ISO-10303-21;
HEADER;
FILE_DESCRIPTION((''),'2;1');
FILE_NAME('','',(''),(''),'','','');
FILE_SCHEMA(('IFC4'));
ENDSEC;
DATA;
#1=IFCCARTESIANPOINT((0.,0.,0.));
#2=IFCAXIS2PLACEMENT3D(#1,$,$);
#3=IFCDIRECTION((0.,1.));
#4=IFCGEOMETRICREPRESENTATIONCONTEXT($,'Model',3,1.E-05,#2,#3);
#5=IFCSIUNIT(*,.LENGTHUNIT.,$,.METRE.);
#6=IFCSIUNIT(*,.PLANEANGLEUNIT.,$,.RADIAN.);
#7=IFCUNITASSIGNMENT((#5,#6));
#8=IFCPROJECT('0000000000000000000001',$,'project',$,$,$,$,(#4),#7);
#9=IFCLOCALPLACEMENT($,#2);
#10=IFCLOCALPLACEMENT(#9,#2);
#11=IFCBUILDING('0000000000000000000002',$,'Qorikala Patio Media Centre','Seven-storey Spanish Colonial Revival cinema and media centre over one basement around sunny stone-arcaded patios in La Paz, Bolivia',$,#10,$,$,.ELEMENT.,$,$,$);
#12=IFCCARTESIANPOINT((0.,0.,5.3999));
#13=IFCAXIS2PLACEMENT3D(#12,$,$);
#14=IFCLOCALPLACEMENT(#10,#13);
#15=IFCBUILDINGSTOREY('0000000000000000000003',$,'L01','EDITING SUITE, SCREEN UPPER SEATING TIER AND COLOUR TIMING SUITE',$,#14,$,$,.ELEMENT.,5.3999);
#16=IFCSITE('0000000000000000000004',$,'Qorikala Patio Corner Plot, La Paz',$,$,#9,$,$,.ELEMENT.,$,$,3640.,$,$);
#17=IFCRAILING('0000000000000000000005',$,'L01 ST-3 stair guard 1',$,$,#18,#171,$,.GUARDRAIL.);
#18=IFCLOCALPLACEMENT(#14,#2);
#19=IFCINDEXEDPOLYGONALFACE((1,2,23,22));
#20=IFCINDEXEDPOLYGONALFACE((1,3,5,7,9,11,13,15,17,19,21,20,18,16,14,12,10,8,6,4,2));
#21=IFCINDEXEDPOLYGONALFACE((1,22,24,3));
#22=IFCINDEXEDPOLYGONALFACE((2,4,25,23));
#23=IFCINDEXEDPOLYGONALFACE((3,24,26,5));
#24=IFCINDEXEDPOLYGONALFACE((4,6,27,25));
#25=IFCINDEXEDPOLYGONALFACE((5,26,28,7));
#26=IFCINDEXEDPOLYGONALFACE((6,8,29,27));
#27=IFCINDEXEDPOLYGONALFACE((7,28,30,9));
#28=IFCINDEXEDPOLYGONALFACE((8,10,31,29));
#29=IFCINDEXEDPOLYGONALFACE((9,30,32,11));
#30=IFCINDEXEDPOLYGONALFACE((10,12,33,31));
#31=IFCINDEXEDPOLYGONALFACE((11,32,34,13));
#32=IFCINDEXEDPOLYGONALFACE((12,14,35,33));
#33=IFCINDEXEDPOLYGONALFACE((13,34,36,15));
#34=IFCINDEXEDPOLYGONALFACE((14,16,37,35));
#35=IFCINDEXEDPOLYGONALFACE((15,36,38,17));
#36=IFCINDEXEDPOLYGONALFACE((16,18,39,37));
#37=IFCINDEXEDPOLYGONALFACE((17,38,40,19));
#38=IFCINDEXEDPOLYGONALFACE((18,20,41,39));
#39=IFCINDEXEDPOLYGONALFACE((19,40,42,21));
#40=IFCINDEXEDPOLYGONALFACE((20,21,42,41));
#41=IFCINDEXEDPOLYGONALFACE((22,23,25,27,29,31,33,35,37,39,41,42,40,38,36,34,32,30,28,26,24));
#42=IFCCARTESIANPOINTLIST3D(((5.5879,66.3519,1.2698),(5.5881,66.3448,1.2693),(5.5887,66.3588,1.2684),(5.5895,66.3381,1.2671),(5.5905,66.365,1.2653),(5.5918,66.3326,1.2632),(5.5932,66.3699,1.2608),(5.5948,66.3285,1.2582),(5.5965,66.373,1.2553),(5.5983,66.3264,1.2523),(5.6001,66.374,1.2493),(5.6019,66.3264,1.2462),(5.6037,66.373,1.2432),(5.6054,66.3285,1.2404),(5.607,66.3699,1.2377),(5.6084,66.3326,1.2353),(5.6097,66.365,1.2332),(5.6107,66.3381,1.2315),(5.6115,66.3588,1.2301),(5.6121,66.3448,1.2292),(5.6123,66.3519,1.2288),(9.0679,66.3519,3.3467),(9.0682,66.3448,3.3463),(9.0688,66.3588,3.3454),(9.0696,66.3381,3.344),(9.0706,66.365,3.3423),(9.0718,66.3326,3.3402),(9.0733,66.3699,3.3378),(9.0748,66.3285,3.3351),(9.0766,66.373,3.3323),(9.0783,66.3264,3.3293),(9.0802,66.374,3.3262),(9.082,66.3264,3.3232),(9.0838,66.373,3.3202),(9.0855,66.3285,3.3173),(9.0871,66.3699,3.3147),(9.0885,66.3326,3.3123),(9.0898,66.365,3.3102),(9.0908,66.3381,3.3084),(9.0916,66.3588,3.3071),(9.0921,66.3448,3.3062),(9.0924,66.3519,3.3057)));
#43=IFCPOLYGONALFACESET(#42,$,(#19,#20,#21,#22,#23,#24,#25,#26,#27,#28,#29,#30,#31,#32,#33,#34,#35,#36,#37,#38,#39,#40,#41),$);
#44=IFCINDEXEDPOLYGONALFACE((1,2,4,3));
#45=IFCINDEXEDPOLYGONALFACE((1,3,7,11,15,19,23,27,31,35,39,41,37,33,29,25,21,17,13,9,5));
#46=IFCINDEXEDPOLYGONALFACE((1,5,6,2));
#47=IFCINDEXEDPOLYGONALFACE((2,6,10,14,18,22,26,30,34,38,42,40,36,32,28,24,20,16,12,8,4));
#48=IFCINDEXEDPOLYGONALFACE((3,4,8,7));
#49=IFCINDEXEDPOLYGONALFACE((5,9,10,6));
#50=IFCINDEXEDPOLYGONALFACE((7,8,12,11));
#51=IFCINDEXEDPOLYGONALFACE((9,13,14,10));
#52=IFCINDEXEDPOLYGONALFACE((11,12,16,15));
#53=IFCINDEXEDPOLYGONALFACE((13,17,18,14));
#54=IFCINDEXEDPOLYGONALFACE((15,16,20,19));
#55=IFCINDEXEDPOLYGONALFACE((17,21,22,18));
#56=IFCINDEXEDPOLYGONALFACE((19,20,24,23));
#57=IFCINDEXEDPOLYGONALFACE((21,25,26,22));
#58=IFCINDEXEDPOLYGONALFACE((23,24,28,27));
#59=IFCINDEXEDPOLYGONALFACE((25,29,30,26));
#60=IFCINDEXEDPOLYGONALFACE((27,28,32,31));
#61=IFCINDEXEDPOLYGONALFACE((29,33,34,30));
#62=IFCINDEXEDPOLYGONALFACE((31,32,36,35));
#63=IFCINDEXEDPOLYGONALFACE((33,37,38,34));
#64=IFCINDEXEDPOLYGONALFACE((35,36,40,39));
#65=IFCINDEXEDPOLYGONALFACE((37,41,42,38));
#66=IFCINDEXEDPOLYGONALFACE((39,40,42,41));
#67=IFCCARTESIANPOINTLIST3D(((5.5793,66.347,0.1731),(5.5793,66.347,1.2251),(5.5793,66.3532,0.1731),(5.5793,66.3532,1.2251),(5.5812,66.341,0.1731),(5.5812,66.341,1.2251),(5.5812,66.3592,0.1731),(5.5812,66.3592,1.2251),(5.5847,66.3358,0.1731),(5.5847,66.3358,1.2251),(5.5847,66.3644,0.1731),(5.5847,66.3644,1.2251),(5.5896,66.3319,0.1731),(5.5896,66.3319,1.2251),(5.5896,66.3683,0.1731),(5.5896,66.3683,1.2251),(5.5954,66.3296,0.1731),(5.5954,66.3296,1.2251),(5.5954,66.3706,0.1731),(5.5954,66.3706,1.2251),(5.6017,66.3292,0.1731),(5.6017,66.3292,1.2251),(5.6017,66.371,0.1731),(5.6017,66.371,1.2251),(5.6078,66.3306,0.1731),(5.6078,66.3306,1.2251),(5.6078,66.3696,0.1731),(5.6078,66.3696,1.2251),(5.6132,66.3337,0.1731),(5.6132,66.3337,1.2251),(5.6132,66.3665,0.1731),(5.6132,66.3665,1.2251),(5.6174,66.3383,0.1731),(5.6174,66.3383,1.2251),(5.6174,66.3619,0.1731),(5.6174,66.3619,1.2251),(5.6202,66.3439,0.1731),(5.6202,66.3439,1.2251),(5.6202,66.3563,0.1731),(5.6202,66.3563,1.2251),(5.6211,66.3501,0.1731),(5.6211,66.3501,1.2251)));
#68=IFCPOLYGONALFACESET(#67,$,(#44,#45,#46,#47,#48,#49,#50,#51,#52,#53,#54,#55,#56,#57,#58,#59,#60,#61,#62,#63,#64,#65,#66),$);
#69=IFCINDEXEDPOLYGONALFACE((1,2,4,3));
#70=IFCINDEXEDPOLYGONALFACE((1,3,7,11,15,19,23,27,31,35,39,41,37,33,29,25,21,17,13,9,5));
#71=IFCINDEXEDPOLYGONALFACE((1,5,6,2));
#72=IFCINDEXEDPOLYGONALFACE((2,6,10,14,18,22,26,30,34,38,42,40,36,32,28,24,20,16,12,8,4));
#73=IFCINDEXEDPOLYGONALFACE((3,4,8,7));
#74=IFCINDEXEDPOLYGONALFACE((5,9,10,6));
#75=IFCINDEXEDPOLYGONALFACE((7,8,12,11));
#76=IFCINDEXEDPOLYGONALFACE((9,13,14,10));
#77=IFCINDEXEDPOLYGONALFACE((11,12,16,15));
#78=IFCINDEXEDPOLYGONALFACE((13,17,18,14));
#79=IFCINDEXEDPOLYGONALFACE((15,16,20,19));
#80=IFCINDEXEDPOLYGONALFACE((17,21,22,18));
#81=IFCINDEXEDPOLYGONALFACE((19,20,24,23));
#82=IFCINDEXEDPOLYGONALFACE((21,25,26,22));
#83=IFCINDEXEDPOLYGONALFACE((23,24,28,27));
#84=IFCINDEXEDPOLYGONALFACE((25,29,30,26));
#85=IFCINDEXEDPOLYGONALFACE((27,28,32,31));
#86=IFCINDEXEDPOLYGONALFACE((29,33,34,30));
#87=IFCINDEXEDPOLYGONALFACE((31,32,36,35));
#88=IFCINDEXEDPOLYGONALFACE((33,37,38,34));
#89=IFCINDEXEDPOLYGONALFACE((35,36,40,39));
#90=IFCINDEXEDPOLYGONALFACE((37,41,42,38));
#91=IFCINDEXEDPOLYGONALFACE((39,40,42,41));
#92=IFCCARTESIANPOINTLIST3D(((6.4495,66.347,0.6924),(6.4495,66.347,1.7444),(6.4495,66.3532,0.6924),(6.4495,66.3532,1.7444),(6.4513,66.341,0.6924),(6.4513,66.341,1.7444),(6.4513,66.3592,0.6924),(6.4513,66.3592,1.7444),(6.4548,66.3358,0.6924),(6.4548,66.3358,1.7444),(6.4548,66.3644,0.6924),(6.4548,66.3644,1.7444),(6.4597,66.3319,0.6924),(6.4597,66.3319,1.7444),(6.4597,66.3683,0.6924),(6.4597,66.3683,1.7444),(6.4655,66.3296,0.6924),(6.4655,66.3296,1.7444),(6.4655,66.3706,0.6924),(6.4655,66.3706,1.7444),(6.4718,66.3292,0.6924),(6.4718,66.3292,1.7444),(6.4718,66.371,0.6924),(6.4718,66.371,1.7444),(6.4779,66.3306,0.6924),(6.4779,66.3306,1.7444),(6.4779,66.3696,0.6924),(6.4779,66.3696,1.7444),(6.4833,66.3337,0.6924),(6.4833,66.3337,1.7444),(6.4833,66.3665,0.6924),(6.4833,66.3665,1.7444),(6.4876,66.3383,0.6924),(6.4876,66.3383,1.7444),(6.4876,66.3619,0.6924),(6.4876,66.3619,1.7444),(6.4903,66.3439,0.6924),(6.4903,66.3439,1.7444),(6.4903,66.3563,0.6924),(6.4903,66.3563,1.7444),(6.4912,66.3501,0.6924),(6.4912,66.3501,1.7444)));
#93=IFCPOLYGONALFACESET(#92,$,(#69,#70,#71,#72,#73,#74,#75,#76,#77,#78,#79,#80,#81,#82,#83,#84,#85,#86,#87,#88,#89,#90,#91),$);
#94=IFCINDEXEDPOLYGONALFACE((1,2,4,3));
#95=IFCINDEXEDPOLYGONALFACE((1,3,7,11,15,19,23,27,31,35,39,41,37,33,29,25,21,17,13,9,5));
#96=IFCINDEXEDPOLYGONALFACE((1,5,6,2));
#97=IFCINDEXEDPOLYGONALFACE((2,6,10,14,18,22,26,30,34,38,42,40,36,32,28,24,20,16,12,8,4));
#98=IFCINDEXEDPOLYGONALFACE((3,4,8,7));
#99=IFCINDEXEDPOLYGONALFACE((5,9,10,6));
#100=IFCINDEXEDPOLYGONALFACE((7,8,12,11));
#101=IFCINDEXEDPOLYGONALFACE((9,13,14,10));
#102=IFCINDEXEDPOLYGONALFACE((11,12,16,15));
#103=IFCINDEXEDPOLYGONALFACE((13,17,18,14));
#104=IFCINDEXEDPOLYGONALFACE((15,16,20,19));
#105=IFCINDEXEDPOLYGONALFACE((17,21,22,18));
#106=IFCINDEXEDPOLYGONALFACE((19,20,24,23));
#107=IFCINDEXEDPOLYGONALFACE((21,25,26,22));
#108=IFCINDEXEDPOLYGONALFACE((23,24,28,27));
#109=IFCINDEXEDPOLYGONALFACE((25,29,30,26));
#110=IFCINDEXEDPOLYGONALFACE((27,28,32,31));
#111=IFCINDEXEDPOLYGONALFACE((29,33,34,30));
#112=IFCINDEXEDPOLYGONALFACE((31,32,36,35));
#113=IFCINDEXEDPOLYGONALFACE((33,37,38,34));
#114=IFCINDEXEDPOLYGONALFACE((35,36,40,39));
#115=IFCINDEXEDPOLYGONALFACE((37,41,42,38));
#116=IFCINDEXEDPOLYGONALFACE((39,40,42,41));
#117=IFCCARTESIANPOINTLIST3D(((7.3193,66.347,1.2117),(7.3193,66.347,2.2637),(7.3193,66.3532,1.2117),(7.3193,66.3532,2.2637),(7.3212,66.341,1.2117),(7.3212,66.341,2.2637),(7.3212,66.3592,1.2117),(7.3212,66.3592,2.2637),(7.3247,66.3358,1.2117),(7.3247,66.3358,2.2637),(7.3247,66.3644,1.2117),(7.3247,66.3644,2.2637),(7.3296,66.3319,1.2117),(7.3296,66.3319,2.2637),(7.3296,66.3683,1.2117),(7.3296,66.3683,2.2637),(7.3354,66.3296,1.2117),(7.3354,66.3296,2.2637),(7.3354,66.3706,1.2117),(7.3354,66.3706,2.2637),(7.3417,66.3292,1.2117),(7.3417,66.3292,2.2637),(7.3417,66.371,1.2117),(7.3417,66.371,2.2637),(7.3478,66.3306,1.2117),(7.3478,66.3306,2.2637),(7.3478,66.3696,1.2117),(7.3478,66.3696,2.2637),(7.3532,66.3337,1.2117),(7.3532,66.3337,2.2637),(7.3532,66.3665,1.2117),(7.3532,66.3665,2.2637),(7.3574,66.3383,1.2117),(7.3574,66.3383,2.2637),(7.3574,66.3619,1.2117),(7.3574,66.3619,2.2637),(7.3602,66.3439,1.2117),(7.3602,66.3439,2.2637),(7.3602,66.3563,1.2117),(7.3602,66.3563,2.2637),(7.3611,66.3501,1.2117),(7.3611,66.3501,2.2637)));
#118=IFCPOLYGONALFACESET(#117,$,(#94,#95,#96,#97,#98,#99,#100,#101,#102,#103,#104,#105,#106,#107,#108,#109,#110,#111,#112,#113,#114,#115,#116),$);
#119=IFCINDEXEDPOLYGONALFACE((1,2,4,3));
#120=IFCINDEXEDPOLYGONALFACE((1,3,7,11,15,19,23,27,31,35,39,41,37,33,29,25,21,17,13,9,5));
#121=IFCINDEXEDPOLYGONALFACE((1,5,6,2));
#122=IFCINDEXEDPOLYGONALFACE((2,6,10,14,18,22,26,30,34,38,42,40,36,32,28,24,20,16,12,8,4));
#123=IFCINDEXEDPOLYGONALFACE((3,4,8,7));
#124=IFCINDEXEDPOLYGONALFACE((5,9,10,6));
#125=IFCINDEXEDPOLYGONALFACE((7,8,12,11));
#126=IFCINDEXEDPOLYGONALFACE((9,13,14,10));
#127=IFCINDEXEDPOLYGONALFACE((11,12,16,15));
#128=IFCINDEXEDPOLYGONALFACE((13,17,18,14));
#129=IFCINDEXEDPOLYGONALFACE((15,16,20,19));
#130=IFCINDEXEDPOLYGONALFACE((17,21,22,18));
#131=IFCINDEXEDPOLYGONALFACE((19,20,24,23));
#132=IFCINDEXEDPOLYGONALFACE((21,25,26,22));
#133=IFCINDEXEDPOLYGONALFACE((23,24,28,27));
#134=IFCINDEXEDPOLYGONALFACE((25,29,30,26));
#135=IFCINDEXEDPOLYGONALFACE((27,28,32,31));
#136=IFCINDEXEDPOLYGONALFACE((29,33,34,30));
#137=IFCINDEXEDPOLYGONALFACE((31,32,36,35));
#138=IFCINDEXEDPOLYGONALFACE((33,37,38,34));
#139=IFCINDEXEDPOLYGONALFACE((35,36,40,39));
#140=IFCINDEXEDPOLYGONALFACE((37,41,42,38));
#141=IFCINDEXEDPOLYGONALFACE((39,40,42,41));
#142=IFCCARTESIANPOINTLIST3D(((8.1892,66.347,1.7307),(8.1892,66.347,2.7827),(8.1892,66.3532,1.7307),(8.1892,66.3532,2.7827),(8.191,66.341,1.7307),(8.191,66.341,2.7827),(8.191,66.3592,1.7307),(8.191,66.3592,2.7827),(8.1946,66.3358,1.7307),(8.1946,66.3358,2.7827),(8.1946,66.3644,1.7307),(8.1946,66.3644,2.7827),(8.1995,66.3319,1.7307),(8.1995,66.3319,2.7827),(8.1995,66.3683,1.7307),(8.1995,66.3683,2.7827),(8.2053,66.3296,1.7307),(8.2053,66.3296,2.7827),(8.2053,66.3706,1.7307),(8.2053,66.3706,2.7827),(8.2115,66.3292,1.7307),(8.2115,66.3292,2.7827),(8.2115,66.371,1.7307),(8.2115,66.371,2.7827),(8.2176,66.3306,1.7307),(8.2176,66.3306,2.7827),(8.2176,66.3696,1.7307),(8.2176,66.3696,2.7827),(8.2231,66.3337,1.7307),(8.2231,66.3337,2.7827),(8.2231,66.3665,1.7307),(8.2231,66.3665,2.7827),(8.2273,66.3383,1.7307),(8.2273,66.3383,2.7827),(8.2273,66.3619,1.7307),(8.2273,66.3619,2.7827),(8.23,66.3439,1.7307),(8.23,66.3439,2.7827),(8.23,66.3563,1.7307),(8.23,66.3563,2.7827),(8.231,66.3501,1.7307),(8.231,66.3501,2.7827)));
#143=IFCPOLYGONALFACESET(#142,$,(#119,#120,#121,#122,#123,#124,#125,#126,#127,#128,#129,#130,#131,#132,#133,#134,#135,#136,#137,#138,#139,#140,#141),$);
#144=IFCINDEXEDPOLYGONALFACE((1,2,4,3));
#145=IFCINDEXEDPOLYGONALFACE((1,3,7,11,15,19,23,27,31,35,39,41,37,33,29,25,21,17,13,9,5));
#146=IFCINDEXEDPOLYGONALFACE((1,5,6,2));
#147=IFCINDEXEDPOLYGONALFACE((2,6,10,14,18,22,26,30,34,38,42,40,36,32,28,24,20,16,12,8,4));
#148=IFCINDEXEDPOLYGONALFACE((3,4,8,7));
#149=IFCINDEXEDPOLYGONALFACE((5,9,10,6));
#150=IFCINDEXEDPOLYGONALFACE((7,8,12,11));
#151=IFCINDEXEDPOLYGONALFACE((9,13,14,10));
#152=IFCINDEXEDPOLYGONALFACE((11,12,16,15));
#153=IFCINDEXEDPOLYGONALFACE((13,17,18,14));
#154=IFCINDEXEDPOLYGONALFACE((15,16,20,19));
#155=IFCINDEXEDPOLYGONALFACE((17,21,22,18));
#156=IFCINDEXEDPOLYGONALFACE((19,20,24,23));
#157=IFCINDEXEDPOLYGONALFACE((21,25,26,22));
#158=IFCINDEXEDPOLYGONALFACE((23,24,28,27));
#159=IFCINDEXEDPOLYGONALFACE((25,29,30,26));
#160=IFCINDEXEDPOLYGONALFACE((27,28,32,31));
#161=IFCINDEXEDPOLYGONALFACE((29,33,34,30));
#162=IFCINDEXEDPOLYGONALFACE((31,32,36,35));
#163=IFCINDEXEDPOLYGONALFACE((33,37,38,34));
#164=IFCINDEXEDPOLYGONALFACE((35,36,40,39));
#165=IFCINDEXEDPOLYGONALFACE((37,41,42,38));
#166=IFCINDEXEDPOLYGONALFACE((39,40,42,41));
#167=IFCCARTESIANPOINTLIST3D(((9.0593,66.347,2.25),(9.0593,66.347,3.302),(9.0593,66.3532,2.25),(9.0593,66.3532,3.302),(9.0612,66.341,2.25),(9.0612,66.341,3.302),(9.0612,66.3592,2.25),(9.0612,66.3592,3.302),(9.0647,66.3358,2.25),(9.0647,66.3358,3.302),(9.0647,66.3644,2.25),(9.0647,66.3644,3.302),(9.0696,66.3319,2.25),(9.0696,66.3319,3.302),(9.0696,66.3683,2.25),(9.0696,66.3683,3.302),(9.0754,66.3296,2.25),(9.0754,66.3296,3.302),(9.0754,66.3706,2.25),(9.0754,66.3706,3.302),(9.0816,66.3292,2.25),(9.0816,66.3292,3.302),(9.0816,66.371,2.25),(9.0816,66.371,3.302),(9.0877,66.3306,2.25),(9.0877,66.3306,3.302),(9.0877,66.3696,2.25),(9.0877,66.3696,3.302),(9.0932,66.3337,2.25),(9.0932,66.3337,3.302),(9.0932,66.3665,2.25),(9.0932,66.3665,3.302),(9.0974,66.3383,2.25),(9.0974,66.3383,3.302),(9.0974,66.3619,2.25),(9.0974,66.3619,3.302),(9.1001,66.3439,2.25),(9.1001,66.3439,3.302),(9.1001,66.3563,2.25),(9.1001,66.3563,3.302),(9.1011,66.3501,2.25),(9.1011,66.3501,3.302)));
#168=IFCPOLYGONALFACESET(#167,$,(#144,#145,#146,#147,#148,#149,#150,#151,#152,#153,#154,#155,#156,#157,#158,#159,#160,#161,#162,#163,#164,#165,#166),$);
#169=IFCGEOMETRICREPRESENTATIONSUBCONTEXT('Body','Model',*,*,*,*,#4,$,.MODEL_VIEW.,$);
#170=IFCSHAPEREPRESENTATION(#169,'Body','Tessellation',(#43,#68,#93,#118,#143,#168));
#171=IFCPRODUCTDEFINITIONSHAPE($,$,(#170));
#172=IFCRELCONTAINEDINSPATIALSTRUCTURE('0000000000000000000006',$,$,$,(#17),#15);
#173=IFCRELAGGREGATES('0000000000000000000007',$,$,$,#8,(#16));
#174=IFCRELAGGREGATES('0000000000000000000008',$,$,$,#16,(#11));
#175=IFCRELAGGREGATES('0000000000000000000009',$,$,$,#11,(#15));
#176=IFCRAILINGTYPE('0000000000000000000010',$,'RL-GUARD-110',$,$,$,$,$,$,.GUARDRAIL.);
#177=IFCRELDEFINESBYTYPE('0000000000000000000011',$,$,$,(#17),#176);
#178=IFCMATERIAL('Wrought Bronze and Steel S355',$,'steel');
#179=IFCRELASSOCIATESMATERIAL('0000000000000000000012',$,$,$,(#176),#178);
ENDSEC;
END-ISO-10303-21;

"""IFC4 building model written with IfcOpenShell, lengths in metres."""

from ifc_helpers import new_model, si_unit, direction, frame, origin, origin_2d, place, context, subcontext, project, spatial, circle, extrude, material, type_object, element, save


model = new_model("IFC4")

# Units and contexts
model_context = context("Model", 3, precision=1e-05, world=origin(), true_north=direction((0.0, 1.0)))
body_context = subcontext(model_context, "Body", "Model", "MODEL_VIEW")
ifc_project = project(units=[si_unit("LENGTHUNIT", "METRE"), si_unit("PLANEANGLEUNIT", "RADIAN")], contexts=[model_context])

# Site, building, storey
site_placement = place(None, origin())
site = spatial("IfcSite", under=ifc_project, at=site_placement, Name="Qorikala Patio Corner Plot, La Paz", CompositionType="ELEMENT", RefElevation=3640.0)
building_placement = place(site_placement, origin())
building = spatial("IfcBuilding", under=site, at=building_placement, Name="Qorikala Patio Media Centre", Description="Seven-storey Spanish Colonial Revival cinema and media centre over one basement around sunny stone-arcaded patios in La Paz, Bolivia", CompositionType="ELEMENT")
storey_placement = place(building_placement, frame((0.0, 0.0, 5.3999)))
storey = spatial("IfcBuildingStorey", under=building, at=storey_placement, Name="L01", Description="EDITING SUITE, SCREEN UPPER SEATING TIER AND COLOUR TIMING SUITE", CompositionType="ELEMENT", Elevation=5.3999)

# Railing
ifc_material_1 = material(Name="Wrought Bronze and Steel S355", Category="steel")
railing_type_1 = type_object("IfcRailingType", Name="RL-GUARD-110", PredefinedType="GUARDRAIL", material=ifc_material_1)
railing_1_placement = place(storey_placement, frame((5.6001, 66.3501, 0.1731)))
element("IfcRailing", 1, at=railing_1_placement, inside=storey, type_object=railing_type_1, Name="L01 ST-3 stair guard 1", PredefinedType="GUARDRAIL", context=body_context, shape_type="SweptSolid", body=[
    extrude(circle(Radius=0.0239, at=origin_2d()), frame((0.0, 0.0, 1.0762), z_axis=(0.858697, 0.0, 0.512483), x_axis=(0.0, 1.0, 0.0)), (0.0, 0.0, 1.0), 4.0527),
    extrude(circle(Radius=0.021, at=origin_2d()), origin(), (0.0, 0.0, 1.0), 1.052),
    extrude(circle(Radius=0.021, at=origin_2d()), frame((0.8701, 0.0, 0.5193)), (0.0, 0.0, 1.0), 1.052),
    extrude(circle(Radius=0.021, at=origin_2d()), frame((1.74, 0.0, 1.0386)), (0.0, 0.0, 1.0), 1.052),
    extrude(circle(Radius=0.021, at=origin_2d()), frame((2.6099, 0.0, 1.5576)), (0.0, 0.0, 1.0), 1.052),
    extrude(circle(Radius=0.021, at=origin_2d()), frame((3.48, 0.0, 2.0769)), (0.0, 0.0, 1.0), 1.052),
])

save(model, "model.ifc")
